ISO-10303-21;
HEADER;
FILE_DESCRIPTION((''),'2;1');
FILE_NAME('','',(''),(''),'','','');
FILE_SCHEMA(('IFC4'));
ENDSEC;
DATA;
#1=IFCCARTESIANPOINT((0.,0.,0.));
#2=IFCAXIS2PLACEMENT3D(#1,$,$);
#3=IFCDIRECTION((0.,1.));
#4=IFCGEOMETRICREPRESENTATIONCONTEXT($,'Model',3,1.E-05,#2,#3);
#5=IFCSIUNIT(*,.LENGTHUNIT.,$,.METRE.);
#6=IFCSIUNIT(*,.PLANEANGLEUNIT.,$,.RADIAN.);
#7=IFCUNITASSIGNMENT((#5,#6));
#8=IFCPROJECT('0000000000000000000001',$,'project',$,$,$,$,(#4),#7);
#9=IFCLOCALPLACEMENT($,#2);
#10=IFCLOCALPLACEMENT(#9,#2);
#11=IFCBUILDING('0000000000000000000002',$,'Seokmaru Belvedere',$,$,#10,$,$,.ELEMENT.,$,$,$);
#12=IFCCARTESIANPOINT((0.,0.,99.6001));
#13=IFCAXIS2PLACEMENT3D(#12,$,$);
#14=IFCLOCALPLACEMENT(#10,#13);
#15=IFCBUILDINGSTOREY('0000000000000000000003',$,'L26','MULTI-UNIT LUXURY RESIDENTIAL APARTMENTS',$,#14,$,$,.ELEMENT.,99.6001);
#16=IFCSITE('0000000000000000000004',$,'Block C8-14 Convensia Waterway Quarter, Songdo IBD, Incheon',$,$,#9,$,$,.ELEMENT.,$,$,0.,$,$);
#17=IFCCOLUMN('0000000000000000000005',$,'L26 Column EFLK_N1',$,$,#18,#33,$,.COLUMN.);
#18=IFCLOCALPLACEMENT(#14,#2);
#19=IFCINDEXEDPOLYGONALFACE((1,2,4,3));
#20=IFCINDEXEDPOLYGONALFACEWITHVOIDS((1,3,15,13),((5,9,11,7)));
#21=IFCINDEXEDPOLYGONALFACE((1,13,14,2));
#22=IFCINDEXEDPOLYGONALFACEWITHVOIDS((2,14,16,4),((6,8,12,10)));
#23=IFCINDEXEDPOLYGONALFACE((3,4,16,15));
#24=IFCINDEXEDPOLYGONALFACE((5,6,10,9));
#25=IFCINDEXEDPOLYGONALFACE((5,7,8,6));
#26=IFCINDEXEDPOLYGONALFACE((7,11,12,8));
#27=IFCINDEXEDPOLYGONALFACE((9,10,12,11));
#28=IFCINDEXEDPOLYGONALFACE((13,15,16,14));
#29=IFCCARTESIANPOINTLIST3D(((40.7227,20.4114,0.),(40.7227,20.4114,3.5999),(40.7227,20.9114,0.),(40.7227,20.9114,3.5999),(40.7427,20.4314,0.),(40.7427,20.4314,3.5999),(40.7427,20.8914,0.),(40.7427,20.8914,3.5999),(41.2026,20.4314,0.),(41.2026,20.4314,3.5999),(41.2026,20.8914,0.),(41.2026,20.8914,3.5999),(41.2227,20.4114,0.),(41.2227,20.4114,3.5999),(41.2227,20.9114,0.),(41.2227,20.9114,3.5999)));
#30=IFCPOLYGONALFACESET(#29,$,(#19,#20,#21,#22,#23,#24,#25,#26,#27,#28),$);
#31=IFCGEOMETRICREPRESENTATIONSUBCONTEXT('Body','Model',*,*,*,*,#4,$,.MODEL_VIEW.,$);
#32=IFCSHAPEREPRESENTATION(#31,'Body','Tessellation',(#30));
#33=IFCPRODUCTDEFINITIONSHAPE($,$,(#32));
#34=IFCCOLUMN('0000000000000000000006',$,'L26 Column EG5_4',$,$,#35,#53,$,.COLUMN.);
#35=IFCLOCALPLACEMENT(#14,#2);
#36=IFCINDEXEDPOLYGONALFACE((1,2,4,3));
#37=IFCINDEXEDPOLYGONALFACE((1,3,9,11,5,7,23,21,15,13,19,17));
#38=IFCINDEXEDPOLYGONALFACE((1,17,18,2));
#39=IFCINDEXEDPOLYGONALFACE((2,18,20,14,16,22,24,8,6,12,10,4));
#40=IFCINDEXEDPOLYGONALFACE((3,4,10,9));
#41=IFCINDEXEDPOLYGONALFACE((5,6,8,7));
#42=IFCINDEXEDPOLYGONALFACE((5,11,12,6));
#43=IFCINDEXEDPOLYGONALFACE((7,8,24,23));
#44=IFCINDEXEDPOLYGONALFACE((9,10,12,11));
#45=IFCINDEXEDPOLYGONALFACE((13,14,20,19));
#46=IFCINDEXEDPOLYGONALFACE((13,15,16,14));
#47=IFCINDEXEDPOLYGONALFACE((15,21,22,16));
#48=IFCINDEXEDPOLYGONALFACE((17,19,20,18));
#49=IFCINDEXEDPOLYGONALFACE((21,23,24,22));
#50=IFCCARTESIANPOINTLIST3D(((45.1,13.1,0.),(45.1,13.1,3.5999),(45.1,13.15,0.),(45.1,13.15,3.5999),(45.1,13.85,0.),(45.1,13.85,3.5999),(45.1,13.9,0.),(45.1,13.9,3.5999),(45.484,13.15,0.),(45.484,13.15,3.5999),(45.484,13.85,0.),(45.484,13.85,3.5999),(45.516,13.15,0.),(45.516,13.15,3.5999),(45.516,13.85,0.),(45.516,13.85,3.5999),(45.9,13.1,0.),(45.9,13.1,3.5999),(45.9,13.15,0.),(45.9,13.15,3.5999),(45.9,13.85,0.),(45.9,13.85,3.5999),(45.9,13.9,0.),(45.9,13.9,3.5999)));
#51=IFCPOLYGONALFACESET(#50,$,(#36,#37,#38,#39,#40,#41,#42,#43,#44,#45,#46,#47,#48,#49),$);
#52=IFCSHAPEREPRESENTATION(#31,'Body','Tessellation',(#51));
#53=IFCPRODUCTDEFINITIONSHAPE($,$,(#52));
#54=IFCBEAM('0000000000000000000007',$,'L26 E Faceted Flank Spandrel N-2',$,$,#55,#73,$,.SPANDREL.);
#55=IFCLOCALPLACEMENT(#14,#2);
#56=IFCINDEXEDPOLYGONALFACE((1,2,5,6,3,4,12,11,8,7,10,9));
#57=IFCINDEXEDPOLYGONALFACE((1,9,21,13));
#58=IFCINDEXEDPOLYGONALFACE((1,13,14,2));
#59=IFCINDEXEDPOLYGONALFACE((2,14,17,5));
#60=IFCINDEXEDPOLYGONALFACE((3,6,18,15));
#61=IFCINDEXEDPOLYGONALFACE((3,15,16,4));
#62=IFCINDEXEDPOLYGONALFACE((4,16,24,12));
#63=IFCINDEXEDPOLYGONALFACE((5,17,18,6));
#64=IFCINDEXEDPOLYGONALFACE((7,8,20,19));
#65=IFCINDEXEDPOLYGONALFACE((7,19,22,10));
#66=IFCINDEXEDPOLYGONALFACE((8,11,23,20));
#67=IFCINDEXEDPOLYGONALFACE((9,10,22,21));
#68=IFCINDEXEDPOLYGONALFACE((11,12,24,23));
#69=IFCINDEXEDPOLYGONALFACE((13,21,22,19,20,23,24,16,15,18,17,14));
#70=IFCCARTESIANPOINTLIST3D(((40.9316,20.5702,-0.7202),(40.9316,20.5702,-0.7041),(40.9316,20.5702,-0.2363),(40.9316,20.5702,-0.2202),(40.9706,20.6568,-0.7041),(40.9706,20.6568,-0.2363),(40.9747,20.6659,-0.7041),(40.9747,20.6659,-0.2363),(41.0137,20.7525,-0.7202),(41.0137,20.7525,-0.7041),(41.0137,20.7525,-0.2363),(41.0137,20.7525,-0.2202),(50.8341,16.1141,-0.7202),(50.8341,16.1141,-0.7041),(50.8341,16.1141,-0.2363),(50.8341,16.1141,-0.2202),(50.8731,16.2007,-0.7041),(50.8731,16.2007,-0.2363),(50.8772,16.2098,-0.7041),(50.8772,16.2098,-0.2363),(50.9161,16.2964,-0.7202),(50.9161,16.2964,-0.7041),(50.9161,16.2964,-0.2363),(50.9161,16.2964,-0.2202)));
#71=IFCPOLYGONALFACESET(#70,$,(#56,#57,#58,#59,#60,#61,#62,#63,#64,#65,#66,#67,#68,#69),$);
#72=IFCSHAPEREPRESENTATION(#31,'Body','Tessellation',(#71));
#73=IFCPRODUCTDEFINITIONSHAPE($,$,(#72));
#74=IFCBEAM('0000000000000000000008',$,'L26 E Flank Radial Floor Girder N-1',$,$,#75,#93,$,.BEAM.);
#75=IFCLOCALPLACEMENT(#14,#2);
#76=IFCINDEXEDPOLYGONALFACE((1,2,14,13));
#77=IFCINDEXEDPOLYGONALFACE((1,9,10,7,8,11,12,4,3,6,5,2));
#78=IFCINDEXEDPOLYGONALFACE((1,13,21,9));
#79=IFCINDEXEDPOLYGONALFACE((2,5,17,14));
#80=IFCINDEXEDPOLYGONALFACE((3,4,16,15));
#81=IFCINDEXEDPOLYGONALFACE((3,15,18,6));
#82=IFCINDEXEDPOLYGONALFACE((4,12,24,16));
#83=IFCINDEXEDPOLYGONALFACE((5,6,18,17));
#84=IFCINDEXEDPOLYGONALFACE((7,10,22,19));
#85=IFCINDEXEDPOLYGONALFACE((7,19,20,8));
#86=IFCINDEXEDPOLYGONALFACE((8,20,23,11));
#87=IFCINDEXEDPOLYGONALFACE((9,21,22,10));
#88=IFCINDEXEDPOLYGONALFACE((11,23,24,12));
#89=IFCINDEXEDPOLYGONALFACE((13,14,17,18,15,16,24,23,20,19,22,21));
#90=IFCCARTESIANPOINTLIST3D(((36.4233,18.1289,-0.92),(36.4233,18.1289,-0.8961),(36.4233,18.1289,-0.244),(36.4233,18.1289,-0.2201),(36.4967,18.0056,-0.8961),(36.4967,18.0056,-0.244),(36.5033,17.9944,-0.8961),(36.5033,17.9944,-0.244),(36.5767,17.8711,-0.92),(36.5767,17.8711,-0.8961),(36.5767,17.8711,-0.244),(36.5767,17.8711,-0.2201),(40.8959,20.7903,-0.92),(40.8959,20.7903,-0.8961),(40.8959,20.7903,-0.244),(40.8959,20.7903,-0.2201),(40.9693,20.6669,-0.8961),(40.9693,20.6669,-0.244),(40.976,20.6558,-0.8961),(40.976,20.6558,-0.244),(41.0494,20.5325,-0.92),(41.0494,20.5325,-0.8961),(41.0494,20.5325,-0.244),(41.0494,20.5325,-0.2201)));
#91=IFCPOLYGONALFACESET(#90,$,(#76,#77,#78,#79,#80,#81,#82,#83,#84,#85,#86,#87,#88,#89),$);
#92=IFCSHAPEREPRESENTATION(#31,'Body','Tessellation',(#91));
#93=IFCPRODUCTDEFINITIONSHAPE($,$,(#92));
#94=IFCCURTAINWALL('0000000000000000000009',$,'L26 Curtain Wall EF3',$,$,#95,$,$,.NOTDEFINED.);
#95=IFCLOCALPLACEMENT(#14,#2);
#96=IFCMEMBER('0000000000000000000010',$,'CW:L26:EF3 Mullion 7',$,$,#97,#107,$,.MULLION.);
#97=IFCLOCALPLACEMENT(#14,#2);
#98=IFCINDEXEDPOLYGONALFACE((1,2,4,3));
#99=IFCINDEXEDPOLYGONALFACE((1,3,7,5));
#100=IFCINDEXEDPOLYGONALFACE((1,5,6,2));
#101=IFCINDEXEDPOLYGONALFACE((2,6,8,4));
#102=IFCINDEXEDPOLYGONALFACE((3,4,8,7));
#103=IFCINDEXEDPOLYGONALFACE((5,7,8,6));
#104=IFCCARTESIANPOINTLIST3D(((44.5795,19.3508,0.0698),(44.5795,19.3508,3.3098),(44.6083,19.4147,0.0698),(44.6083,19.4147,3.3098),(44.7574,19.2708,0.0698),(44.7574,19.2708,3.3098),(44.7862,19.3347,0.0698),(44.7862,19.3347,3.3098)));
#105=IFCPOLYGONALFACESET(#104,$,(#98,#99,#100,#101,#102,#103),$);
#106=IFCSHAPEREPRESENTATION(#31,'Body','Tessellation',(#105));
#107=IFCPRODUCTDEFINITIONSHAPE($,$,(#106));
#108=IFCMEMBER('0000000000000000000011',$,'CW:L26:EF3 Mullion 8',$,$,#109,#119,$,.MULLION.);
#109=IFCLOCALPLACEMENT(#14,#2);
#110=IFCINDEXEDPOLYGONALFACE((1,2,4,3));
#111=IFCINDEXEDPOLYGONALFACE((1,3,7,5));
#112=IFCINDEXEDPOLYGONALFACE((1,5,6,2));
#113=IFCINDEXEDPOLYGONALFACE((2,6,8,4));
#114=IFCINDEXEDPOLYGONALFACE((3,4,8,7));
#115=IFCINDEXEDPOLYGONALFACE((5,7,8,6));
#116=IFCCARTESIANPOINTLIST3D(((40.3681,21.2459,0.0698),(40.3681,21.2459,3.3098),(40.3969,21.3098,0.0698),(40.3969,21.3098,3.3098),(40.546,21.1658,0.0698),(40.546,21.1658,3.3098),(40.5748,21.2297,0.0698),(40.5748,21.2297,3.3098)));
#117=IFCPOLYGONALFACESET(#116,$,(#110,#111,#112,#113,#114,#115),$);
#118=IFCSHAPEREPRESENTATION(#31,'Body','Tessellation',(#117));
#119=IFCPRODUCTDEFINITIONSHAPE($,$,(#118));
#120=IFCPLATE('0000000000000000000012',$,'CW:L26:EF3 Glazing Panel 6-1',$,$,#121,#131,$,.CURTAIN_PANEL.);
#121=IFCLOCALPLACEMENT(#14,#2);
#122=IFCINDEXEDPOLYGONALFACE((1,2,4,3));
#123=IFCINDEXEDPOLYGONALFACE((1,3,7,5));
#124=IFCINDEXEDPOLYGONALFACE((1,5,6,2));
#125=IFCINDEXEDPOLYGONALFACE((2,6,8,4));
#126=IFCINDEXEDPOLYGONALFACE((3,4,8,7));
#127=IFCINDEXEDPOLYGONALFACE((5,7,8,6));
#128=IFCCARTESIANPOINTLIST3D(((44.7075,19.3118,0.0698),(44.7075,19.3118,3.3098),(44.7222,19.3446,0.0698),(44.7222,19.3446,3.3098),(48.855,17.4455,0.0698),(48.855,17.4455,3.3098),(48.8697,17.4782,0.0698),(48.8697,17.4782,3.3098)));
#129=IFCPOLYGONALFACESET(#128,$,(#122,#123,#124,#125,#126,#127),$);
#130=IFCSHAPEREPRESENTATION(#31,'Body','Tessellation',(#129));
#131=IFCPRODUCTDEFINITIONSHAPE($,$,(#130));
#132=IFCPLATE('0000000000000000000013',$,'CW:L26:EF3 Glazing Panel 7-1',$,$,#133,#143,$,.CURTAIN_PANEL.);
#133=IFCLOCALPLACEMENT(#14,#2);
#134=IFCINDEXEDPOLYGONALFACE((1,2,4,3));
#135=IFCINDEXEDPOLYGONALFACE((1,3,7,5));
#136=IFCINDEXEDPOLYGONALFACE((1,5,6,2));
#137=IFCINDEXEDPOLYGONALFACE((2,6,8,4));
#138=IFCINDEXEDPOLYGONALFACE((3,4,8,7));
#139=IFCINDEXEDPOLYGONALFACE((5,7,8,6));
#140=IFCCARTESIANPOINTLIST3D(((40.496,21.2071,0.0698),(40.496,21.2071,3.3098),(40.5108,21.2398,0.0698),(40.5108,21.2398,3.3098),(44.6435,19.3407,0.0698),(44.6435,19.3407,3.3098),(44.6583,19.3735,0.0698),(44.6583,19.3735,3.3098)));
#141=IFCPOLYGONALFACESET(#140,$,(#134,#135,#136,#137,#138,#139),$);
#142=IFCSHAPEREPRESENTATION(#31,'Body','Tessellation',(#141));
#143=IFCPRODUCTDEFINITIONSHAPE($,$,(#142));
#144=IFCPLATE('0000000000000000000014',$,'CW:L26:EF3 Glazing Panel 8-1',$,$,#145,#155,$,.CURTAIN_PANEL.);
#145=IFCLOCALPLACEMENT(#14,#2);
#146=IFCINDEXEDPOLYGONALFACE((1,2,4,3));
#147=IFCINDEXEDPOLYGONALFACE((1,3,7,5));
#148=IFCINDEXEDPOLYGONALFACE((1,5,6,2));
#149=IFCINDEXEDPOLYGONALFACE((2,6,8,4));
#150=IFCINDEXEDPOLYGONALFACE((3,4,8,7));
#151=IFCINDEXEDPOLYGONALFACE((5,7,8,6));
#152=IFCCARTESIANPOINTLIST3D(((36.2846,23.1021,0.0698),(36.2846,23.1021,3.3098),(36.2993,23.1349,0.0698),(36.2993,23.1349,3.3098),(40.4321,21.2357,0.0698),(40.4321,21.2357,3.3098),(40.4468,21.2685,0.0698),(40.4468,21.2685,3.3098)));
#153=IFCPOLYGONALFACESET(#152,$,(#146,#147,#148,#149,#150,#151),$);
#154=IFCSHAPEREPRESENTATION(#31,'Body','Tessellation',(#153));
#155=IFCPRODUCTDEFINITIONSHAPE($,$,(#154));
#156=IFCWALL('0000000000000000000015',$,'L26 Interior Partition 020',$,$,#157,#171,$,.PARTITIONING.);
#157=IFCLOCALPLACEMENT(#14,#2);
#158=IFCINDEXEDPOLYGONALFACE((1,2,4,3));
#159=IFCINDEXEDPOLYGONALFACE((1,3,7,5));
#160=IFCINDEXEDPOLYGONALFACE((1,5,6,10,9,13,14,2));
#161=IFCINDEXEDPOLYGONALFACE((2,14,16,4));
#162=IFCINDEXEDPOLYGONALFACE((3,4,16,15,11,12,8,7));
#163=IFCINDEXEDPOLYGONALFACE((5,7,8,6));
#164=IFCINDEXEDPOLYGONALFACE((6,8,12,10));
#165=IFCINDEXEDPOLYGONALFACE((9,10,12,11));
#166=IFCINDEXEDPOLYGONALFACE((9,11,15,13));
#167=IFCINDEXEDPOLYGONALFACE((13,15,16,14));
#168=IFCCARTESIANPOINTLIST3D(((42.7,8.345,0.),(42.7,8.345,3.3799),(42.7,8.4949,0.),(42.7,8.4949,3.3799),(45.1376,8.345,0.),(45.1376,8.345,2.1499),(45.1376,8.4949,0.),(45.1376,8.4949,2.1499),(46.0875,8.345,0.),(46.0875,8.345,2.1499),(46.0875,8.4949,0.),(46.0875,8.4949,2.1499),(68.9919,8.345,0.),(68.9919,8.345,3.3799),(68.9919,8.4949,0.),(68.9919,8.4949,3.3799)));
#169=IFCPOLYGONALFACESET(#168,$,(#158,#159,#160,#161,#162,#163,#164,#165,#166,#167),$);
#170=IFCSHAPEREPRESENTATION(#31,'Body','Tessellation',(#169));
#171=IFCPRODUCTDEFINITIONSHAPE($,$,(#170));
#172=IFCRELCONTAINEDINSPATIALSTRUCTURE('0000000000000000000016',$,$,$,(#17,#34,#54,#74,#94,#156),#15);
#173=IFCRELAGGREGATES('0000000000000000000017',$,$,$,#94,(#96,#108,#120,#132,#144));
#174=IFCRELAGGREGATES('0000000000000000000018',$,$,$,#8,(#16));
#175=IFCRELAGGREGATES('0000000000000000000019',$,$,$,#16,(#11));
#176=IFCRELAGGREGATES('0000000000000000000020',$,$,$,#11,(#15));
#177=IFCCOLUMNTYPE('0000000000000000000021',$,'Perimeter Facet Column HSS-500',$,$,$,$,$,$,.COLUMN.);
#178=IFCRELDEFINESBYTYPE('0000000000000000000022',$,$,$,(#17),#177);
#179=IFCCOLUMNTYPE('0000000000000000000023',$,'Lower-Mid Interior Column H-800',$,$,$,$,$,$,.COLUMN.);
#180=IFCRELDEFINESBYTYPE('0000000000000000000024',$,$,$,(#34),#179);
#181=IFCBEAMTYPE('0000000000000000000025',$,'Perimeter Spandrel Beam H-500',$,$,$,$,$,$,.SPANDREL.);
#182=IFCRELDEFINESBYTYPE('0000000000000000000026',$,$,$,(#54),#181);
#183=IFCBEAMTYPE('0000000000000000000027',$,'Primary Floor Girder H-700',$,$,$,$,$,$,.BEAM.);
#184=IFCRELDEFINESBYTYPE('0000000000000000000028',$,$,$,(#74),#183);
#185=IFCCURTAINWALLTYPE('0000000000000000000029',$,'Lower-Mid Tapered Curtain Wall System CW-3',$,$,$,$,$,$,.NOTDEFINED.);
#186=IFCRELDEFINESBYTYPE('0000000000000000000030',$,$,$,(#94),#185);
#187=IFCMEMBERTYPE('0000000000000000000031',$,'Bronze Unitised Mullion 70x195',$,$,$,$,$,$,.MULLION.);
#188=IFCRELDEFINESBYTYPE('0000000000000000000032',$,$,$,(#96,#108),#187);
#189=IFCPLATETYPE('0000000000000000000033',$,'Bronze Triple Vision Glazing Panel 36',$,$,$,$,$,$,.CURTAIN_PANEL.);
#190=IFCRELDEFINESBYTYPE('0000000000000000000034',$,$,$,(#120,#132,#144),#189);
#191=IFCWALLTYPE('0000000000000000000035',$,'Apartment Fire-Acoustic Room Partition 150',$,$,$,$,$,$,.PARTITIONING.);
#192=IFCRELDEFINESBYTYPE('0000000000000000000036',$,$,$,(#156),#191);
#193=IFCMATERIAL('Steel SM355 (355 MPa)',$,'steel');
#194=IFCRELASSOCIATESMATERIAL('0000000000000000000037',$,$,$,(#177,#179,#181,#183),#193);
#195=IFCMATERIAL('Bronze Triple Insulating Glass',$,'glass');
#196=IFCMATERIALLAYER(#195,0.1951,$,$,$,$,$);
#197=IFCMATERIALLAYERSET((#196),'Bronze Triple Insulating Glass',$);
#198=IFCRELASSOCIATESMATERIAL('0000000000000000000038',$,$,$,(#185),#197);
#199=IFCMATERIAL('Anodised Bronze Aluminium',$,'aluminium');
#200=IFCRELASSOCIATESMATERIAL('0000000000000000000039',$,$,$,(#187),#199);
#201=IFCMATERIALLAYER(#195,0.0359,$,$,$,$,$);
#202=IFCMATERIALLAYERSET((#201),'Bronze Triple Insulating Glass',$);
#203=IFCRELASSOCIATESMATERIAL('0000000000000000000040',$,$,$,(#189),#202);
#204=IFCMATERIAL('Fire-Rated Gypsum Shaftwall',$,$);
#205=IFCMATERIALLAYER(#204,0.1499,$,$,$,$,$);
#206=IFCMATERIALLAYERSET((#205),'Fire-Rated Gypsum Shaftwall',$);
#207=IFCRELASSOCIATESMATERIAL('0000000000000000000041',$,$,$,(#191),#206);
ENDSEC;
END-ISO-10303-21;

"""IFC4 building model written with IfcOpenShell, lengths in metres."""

from ifc_helpers import new_model, si_unit, direction, frame, frame_2d, origin, origin_2d, place, context, subcontext, project, spatial, rectangle, hollow_rectangle, i_section, extrude, source, transform, mapped, material, layer, layer_set, material_profile, profile_set, type_object, type_shapes, element, aggregate, save


model = new_model("IFC4")

# Units and contexts
model_context = context("Model", 3, precision=1e-05, world=origin(), true_north=direction((0.0, 1.0)))
body_context = subcontext(model_context, "Body", "Model", "MODEL_VIEW")
ifc_project = project(units=[si_unit("LENGTHUNIT", "METRE"), si_unit("PLANEANGLEUNIT", "RADIAN")], contexts=[model_context])

# Site, building, storey
site_placement = place(None, origin())
site = spatial("IfcSite", under=ifc_project, at=site_placement, Name="Block C8-14 Convensia Waterway Quarter, Songdo IBD, Incheon", CompositionType="ELEMENT", RefElevation=0.0)
building_placement = place(site_placement, origin())
building = spatial("IfcBuilding", under=site, at=building_placement, Name="Seokmaru Belvedere", CompositionType="ELEMENT")
storey_placement = place(building_placement, frame((0.0, 0.0, 99.6001)))
storey = spatial("IfcBuildingStorey", under=building, at=storey_placement, Name="L26", Description="MULTI-UNIT LUXURY RESIDENTIAL APARTMENTS", CompositionType="ELEMENT", Elevation=99.6001)

# Columns
ifc_material_1 = material(Name="Steel SM355 (355 MPa)", Category="steel")
ifc_material_profile_1 = material_profile(ifc_material_1, hollow_rectangle(XDim=0.5, YDim=0.5, WallThickness=0.02, at=origin_2d()), Name="HSS-500x500x20")
ifc_profile_set_1 = profile_set([ifc_material_profile_1], Name="Steel SM355 (355 MPa)")
column_type_1 = type_object("IfcColumnType", Name="Perimeter Facet Column HSS-500", PredefinedType="COLUMN", material=ifc_profile_set_1)
shared_shape_1 = source(origin(), body_context, "Body", "SweptSolid", [
    extrude(hollow_rectangle(XDim=0.5, YDim=0.5, WallThickness=0.02, at=origin_2d()), origin(), (0.0, 0.0, 1.0), 3.5999),
])
type_shapes(column_type_1, [shared_shape_1])
column_1_placement = place(storey_placement, frame((40.9727, 20.6614, 0.0), z_axis=(0.0, 0.0, 1.0), x_axis=(1.0, 0.0, 0.0)))
element("IfcColumn", 1, at=column_1_placement, inside=storey, type_object=column_type_1, Name="L26 Column EFLK_N1", PredefinedType="COLUMN", context=body_context, shape_type="MappedRepresentation", body=[
    mapped(shared_shape_1, transform((0.0, 0.0, 0.0), scale=1.0)),
])
ifc_material_profile_2 = material_profile(ifc_material_1, i_section(OverallWidth=0.8, OverallDepth=0.8, WebThickness=0.032, FlangeThickness=0.05, at=origin_2d()), Name="H-800x800x32x50")
ifc_profile_set_2 = profile_set([ifc_material_profile_2], Name="Steel SM355 (355 MPa)")
column_type_2 = type_object("IfcColumnType", Name="Lower-Mid Interior Column H-800", PredefinedType="COLUMN", material=ifc_profile_set_2)
shared_shape_2 = source(origin(), body_context, "Body", "SweptSolid", [
    extrude(i_section(OverallWidth=0.8, OverallDepth=0.8, WebThickness=0.032, FlangeThickness=0.05, at=origin_2d()), origin(), (0.0, 0.0, 1.0), 3.5999),
])
type_shapes(column_type_2, [shared_shape_2])
column_2_placement = place(storey_placement, frame((45.5, 13.5, 0.0), z_axis=(0.0, 0.0, 1.0), x_axis=(1.0, 0.0, 0.0)))
element("IfcColumn", 2, at=column_2_placement, inside=storey, type_object=column_type_2, Name="L26 Column EG5_4", PredefinedType="COLUMN", context=body_context, shape_type="MappedRepresentation", body=[
    mapped(shared_shape_2, transform((0.0, 0.0, 0.0), scale=1.0)),
])

# Beams
ifc_material_profile_3 = material_profile(ifc_material_1, i_section(OverallWidth=0.2, OverallDepth=0.5, WebThickness=0.01, FlangeThickness=0.0161, at=origin_2d()), Name="H-500x200x10x16")
ifc_profile_set_3 = profile_set([ifc_material_profile_3], Name="Steel SM355 (355 MPa)")
beam_type_1 = type_object("IfcBeamType", Name="Perimeter Spandrel Beam H-500", PredefinedType="SPANDREL", material=ifc_profile_set_3)
shared_shape_3 = source(origin(), body_context, "Body", "SweptSolid", [
    extrude(i_section(OverallWidth=0.2, OverallDepth=0.5, WebThickness=0.01, FlangeThickness=0.0161, at=origin_2d()), origin(), (0.0, 0.0, 1.0), 10.8589),
])
type_shapes(beam_type_1, [shared_shape_3])
beam_1_placement = place(storey_placement, frame((40.9727, 20.6614, -0.4702), z_axis=(0.911922, -0.410365, 0.0), x_axis=(0.410365, 0.911922, 0.0)))
element("IfcBeam", 3, at=beam_1_placement, inside=storey, type_object=beam_type_1, Name="L26 E Faceted Flank Spandrel N-2", PredefinedType="SPANDREL", context=body_context, shape_type="MappedRepresentation", body=[
    mapped(shared_shape_3, transform((0.0, 0.0, 0.0), scale=1.0)),
])
ifc_material_profile_4 = material_profile(ifc_material_1, i_section(OverallWidth=0.3, OverallDepth=0.7, WebThickness=0.0129, FlangeThickness=0.0239, at=origin_2d()), Name="H-700x300x13x24")
ifc_profile_set_4 = profile_set([ifc_material_profile_4], Name="Steel SM355 (355 MPa)")
beam_type_2 = type_object("IfcBeamType", Name="Primary Floor Girder H-700", PredefinedType="BEAM", material=ifc_profile_set_4)
shared_shape_4 = source(origin(), body_context, "Body", "SweptSolid", [
    extrude(i_section(OverallWidth=0.3, OverallDepth=0.7, WebThickness=0.0129, FlangeThickness=0.0239, at=origin_2d()), origin(), (0.0, 0.0, 1.0), 5.2046),
])
type_shapes(beam_type_2, [shared_shape_4])
beam_2_placement = place(storey_placement, frame((40.9727, 20.6614, -0.5701), z_axis=(-0.85937, -0.511354, 0.0), x_axis=(0.511354, -0.85937, 0.0)))
element("IfcBeam", 4, at=beam_2_placement, inside=storey, type_object=beam_type_2, Name="L26 E Flank Radial Floor Girder N-1", PredefinedType="BEAM", context=body_context, shape_type="MappedRepresentation", body=[
    mapped(shared_shape_4, transform((0.0, 0.0, 0.0), scale=1.0)),
])

# Curtain wall, members, plates
ifc_material_2 = material(Name="Bronze Triple Insulating Glass", Category="glass")
ifc_layer_1 = layer(ifc_material_2, 0.1951)
ifc_layer_set_1 = layer_set([ifc_layer_1], Name="Bronze Triple Insulating Glass")
curtain_wall_type = type_object("IfcCurtainWallType", Name="Lower-Mid Tapered Curtain Wall System CW-3", PredefinedType="NOTDEFINED", material=ifc_layer_set_1)
curtain_wall_placement = place(storey_placement, origin())
curtain_wall = element("IfcCurtainWall", 5, at=curtain_wall_placement, inside=storey, type_object=curtain_wall_type, Name="L26 Curtain Wall EF3", PredefinedType="NOTDEFINED")
ifc_material_3 = material(Name="Anodised Bronze Aluminium", Category="aluminium")
ifc_material_profile_5 = material_profile(ifc_material_3, rectangle(XDim=0.0701, YDim=0.1951, at=origin_2d()), Name="CW-M-70x195")
ifc_profile_set_5 = profile_set([ifc_material_profile_5], Name="Anodised Bronze Aluminium")
member_type = type_object("IfcMemberType", Name="Bronze Unitised Mullion 70x195", PredefinedType="MULLION", material=ifc_profile_set_5)
shared_shape_5 = source(origin(), body_context, "Body", "SweptSolid", [
    extrude(rectangle(XDim=0.0701, YDim=0.1951, at=origin_2d()), origin(), (0.0, 0.0, 1.0), 3.24),
])
type_shapes(member_type, [shared_shape_5])
member_1_placement = place(storey_placement, frame((44.6829, 19.3428, 0.0698), z_axis=(0.0, 0.0, 1.0), x_axis=(-0.410366, -0.911921, 0.0)))
member_1 = element("IfcMember", 6, at=member_1_placement, type_object=member_type, Name="CW:L26:EF3 Mullion 7", PredefinedType="MULLION", context=body_context, shape_type="MappedRepresentation", body=[
    mapped(shared_shape_5, transform((0.0, 0.0, 0.0), scale=1.0)),
])
member_2_placement = place(storey_placement, frame((40.4714, 21.2378, 0.0698), z_axis=(0.0, 0.0, 1.0), x_axis=(-0.410366, -0.911921, 0.0)))
member_2 = element("IfcMember", 7, at=member_2_placement, type_object=member_type, Name="CW:L26:EF3 Mullion 8", PredefinedType="MULLION", context=body_context, shape_type="MappedRepresentation", body=[
    mapped(shared_shape_5, transform((0.0, 0.0, 0.0), scale=1.0)),
])
ifc_layer_2 = layer(ifc_material_2, 0.0359)
ifc_layer_set_2 = layer_set([ifc_layer_2], Name="Bronze Triple Insulating Glass")
plate_type = type_object("IfcPlateType", Name="Bronze Triple Vision Glazing Panel 36", PredefinedType="CURTAIN_PANEL", material=ifc_layer_set_2)
shared_shape_6 = source(origin(), body_context, "Body", "SweptSolid", [
    extrude(rectangle(XDim=4.5481, YDim=0.0359, at=origin_2d()), origin(), (0.0, 0.0, 1.0), 3.24),
])
type_shapes(plate_type, [shared_shape_6])
plate_1_placement = place(storey_placement, frame((46.7886, 18.395, 0.0698), z_axis=(0.0, 0.0, 1.0), x_axis=(-0.911921, 0.410366, 0.0)))
plate_1 = element("IfcPlate", 8, at=plate_1_placement, type_object=plate_type, Name="CW:L26:EF3 Glazing Panel 6-1", PredefinedType="CURTAIN_PANEL", context=body_context, shape_type="MappedRepresentation", body=[
    mapped(shared_shape_6, transform((0.0, 0.0, 0.0), scale=1.0)),
])
plate_2_placement = place(storey_placement, frame((42.5771, 20.2903, 0.0698), z_axis=(0.0, 0.0, 1.0), x_axis=(-0.911921, 0.410366, 0.0)))
plate_2 = element("IfcPlate", 9, at=plate_2_placement, type_object=plate_type, Name="CW:L26:EF3 Glazing Panel 7-1", PredefinedType="CURTAIN_PANEL", context=body_context, shape_type="MappedRepresentation", body=[
    mapped(shared_shape_6, transform((0.0, 0.0, 0.0), scale=1.0)),
])
plate_3_placement = place(storey_placement, frame((38.3657, 22.1853, 0.0698), z_axis=(0.0, 0.0, 1.0), x_axis=(-0.911921, 0.410366, 0.0)))
plate_3 = element("IfcPlate", 10, at=plate_3_placement, type_object=plate_type, Name="CW:L26:EF3 Glazing Panel 8-1", PredefinedType="CURTAIN_PANEL", context=body_context, shape_type="MappedRepresentation", body=[
    mapped(shared_shape_6, transform((0.0, 0.0, 0.0), scale=1.0)),
])
aggregate(curtain_wall, [member_1, member_2, plate_1, plate_2, plate_3])

# Wall, opening
ifc_material_4 = material(Name="Fire-Rated Gypsum Shaftwall")
ifc_layer_3 = layer(ifc_material_4, 0.1499)
ifc_layer_set_3 = layer_set([ifc_layer_3], Name="Fire-Rated Gypsum Shaftwall")
wall_type_1 = type_object("IfcWallType", Name="Apartment Fire-Acoustic Room Partition 150", PredefinedType="PARTITIONING", material=ifc_layer_set_3)
wall_1_placement = place(storey_placement, frame((42.7, 8.4199, 0.0), z_axis=(0.0, 0.0, 1.0), x_axis=(1.0, 0.0, 0.0)))
wall_1 = element("IfcWall", 11, at=wall_1_placement, inside=storey, type_object=wall_type_1, Name="L26 Interior Partition 020", PredefinedType="PARTITIONING", context=body_context, shape_type="SweptSolid", body=[
    extrude(rectangle(XDim=26.292, YDim=0.1499, at=frame_2d((13.146, 0.0))), origin(), (0.0, 0.0, 1.0), 3.3799),
])
opening_1_placement = place(wall_1_placement, frame((2.4375, 0.0, 0.0)))
element("IfcOpeningElement", 12, at=opening_1_placement, cuts=wall_1, PredefinedType="OPENING", context=body_context, shape_type="SweptSolid", body=[
    extrude(rectangle(XDim=0.95, YDim=2.1499, at=frame_2d((0.4751, 1.075))), frame((0.0, 0.085, 0.0), z_axis=(0.0, -1.0, 0.0), x_axis=(1.0, 0.0, 0.0)), (0.0, 0.0, 1.0), 0.1699),
])

save(model, "model.ifc")
